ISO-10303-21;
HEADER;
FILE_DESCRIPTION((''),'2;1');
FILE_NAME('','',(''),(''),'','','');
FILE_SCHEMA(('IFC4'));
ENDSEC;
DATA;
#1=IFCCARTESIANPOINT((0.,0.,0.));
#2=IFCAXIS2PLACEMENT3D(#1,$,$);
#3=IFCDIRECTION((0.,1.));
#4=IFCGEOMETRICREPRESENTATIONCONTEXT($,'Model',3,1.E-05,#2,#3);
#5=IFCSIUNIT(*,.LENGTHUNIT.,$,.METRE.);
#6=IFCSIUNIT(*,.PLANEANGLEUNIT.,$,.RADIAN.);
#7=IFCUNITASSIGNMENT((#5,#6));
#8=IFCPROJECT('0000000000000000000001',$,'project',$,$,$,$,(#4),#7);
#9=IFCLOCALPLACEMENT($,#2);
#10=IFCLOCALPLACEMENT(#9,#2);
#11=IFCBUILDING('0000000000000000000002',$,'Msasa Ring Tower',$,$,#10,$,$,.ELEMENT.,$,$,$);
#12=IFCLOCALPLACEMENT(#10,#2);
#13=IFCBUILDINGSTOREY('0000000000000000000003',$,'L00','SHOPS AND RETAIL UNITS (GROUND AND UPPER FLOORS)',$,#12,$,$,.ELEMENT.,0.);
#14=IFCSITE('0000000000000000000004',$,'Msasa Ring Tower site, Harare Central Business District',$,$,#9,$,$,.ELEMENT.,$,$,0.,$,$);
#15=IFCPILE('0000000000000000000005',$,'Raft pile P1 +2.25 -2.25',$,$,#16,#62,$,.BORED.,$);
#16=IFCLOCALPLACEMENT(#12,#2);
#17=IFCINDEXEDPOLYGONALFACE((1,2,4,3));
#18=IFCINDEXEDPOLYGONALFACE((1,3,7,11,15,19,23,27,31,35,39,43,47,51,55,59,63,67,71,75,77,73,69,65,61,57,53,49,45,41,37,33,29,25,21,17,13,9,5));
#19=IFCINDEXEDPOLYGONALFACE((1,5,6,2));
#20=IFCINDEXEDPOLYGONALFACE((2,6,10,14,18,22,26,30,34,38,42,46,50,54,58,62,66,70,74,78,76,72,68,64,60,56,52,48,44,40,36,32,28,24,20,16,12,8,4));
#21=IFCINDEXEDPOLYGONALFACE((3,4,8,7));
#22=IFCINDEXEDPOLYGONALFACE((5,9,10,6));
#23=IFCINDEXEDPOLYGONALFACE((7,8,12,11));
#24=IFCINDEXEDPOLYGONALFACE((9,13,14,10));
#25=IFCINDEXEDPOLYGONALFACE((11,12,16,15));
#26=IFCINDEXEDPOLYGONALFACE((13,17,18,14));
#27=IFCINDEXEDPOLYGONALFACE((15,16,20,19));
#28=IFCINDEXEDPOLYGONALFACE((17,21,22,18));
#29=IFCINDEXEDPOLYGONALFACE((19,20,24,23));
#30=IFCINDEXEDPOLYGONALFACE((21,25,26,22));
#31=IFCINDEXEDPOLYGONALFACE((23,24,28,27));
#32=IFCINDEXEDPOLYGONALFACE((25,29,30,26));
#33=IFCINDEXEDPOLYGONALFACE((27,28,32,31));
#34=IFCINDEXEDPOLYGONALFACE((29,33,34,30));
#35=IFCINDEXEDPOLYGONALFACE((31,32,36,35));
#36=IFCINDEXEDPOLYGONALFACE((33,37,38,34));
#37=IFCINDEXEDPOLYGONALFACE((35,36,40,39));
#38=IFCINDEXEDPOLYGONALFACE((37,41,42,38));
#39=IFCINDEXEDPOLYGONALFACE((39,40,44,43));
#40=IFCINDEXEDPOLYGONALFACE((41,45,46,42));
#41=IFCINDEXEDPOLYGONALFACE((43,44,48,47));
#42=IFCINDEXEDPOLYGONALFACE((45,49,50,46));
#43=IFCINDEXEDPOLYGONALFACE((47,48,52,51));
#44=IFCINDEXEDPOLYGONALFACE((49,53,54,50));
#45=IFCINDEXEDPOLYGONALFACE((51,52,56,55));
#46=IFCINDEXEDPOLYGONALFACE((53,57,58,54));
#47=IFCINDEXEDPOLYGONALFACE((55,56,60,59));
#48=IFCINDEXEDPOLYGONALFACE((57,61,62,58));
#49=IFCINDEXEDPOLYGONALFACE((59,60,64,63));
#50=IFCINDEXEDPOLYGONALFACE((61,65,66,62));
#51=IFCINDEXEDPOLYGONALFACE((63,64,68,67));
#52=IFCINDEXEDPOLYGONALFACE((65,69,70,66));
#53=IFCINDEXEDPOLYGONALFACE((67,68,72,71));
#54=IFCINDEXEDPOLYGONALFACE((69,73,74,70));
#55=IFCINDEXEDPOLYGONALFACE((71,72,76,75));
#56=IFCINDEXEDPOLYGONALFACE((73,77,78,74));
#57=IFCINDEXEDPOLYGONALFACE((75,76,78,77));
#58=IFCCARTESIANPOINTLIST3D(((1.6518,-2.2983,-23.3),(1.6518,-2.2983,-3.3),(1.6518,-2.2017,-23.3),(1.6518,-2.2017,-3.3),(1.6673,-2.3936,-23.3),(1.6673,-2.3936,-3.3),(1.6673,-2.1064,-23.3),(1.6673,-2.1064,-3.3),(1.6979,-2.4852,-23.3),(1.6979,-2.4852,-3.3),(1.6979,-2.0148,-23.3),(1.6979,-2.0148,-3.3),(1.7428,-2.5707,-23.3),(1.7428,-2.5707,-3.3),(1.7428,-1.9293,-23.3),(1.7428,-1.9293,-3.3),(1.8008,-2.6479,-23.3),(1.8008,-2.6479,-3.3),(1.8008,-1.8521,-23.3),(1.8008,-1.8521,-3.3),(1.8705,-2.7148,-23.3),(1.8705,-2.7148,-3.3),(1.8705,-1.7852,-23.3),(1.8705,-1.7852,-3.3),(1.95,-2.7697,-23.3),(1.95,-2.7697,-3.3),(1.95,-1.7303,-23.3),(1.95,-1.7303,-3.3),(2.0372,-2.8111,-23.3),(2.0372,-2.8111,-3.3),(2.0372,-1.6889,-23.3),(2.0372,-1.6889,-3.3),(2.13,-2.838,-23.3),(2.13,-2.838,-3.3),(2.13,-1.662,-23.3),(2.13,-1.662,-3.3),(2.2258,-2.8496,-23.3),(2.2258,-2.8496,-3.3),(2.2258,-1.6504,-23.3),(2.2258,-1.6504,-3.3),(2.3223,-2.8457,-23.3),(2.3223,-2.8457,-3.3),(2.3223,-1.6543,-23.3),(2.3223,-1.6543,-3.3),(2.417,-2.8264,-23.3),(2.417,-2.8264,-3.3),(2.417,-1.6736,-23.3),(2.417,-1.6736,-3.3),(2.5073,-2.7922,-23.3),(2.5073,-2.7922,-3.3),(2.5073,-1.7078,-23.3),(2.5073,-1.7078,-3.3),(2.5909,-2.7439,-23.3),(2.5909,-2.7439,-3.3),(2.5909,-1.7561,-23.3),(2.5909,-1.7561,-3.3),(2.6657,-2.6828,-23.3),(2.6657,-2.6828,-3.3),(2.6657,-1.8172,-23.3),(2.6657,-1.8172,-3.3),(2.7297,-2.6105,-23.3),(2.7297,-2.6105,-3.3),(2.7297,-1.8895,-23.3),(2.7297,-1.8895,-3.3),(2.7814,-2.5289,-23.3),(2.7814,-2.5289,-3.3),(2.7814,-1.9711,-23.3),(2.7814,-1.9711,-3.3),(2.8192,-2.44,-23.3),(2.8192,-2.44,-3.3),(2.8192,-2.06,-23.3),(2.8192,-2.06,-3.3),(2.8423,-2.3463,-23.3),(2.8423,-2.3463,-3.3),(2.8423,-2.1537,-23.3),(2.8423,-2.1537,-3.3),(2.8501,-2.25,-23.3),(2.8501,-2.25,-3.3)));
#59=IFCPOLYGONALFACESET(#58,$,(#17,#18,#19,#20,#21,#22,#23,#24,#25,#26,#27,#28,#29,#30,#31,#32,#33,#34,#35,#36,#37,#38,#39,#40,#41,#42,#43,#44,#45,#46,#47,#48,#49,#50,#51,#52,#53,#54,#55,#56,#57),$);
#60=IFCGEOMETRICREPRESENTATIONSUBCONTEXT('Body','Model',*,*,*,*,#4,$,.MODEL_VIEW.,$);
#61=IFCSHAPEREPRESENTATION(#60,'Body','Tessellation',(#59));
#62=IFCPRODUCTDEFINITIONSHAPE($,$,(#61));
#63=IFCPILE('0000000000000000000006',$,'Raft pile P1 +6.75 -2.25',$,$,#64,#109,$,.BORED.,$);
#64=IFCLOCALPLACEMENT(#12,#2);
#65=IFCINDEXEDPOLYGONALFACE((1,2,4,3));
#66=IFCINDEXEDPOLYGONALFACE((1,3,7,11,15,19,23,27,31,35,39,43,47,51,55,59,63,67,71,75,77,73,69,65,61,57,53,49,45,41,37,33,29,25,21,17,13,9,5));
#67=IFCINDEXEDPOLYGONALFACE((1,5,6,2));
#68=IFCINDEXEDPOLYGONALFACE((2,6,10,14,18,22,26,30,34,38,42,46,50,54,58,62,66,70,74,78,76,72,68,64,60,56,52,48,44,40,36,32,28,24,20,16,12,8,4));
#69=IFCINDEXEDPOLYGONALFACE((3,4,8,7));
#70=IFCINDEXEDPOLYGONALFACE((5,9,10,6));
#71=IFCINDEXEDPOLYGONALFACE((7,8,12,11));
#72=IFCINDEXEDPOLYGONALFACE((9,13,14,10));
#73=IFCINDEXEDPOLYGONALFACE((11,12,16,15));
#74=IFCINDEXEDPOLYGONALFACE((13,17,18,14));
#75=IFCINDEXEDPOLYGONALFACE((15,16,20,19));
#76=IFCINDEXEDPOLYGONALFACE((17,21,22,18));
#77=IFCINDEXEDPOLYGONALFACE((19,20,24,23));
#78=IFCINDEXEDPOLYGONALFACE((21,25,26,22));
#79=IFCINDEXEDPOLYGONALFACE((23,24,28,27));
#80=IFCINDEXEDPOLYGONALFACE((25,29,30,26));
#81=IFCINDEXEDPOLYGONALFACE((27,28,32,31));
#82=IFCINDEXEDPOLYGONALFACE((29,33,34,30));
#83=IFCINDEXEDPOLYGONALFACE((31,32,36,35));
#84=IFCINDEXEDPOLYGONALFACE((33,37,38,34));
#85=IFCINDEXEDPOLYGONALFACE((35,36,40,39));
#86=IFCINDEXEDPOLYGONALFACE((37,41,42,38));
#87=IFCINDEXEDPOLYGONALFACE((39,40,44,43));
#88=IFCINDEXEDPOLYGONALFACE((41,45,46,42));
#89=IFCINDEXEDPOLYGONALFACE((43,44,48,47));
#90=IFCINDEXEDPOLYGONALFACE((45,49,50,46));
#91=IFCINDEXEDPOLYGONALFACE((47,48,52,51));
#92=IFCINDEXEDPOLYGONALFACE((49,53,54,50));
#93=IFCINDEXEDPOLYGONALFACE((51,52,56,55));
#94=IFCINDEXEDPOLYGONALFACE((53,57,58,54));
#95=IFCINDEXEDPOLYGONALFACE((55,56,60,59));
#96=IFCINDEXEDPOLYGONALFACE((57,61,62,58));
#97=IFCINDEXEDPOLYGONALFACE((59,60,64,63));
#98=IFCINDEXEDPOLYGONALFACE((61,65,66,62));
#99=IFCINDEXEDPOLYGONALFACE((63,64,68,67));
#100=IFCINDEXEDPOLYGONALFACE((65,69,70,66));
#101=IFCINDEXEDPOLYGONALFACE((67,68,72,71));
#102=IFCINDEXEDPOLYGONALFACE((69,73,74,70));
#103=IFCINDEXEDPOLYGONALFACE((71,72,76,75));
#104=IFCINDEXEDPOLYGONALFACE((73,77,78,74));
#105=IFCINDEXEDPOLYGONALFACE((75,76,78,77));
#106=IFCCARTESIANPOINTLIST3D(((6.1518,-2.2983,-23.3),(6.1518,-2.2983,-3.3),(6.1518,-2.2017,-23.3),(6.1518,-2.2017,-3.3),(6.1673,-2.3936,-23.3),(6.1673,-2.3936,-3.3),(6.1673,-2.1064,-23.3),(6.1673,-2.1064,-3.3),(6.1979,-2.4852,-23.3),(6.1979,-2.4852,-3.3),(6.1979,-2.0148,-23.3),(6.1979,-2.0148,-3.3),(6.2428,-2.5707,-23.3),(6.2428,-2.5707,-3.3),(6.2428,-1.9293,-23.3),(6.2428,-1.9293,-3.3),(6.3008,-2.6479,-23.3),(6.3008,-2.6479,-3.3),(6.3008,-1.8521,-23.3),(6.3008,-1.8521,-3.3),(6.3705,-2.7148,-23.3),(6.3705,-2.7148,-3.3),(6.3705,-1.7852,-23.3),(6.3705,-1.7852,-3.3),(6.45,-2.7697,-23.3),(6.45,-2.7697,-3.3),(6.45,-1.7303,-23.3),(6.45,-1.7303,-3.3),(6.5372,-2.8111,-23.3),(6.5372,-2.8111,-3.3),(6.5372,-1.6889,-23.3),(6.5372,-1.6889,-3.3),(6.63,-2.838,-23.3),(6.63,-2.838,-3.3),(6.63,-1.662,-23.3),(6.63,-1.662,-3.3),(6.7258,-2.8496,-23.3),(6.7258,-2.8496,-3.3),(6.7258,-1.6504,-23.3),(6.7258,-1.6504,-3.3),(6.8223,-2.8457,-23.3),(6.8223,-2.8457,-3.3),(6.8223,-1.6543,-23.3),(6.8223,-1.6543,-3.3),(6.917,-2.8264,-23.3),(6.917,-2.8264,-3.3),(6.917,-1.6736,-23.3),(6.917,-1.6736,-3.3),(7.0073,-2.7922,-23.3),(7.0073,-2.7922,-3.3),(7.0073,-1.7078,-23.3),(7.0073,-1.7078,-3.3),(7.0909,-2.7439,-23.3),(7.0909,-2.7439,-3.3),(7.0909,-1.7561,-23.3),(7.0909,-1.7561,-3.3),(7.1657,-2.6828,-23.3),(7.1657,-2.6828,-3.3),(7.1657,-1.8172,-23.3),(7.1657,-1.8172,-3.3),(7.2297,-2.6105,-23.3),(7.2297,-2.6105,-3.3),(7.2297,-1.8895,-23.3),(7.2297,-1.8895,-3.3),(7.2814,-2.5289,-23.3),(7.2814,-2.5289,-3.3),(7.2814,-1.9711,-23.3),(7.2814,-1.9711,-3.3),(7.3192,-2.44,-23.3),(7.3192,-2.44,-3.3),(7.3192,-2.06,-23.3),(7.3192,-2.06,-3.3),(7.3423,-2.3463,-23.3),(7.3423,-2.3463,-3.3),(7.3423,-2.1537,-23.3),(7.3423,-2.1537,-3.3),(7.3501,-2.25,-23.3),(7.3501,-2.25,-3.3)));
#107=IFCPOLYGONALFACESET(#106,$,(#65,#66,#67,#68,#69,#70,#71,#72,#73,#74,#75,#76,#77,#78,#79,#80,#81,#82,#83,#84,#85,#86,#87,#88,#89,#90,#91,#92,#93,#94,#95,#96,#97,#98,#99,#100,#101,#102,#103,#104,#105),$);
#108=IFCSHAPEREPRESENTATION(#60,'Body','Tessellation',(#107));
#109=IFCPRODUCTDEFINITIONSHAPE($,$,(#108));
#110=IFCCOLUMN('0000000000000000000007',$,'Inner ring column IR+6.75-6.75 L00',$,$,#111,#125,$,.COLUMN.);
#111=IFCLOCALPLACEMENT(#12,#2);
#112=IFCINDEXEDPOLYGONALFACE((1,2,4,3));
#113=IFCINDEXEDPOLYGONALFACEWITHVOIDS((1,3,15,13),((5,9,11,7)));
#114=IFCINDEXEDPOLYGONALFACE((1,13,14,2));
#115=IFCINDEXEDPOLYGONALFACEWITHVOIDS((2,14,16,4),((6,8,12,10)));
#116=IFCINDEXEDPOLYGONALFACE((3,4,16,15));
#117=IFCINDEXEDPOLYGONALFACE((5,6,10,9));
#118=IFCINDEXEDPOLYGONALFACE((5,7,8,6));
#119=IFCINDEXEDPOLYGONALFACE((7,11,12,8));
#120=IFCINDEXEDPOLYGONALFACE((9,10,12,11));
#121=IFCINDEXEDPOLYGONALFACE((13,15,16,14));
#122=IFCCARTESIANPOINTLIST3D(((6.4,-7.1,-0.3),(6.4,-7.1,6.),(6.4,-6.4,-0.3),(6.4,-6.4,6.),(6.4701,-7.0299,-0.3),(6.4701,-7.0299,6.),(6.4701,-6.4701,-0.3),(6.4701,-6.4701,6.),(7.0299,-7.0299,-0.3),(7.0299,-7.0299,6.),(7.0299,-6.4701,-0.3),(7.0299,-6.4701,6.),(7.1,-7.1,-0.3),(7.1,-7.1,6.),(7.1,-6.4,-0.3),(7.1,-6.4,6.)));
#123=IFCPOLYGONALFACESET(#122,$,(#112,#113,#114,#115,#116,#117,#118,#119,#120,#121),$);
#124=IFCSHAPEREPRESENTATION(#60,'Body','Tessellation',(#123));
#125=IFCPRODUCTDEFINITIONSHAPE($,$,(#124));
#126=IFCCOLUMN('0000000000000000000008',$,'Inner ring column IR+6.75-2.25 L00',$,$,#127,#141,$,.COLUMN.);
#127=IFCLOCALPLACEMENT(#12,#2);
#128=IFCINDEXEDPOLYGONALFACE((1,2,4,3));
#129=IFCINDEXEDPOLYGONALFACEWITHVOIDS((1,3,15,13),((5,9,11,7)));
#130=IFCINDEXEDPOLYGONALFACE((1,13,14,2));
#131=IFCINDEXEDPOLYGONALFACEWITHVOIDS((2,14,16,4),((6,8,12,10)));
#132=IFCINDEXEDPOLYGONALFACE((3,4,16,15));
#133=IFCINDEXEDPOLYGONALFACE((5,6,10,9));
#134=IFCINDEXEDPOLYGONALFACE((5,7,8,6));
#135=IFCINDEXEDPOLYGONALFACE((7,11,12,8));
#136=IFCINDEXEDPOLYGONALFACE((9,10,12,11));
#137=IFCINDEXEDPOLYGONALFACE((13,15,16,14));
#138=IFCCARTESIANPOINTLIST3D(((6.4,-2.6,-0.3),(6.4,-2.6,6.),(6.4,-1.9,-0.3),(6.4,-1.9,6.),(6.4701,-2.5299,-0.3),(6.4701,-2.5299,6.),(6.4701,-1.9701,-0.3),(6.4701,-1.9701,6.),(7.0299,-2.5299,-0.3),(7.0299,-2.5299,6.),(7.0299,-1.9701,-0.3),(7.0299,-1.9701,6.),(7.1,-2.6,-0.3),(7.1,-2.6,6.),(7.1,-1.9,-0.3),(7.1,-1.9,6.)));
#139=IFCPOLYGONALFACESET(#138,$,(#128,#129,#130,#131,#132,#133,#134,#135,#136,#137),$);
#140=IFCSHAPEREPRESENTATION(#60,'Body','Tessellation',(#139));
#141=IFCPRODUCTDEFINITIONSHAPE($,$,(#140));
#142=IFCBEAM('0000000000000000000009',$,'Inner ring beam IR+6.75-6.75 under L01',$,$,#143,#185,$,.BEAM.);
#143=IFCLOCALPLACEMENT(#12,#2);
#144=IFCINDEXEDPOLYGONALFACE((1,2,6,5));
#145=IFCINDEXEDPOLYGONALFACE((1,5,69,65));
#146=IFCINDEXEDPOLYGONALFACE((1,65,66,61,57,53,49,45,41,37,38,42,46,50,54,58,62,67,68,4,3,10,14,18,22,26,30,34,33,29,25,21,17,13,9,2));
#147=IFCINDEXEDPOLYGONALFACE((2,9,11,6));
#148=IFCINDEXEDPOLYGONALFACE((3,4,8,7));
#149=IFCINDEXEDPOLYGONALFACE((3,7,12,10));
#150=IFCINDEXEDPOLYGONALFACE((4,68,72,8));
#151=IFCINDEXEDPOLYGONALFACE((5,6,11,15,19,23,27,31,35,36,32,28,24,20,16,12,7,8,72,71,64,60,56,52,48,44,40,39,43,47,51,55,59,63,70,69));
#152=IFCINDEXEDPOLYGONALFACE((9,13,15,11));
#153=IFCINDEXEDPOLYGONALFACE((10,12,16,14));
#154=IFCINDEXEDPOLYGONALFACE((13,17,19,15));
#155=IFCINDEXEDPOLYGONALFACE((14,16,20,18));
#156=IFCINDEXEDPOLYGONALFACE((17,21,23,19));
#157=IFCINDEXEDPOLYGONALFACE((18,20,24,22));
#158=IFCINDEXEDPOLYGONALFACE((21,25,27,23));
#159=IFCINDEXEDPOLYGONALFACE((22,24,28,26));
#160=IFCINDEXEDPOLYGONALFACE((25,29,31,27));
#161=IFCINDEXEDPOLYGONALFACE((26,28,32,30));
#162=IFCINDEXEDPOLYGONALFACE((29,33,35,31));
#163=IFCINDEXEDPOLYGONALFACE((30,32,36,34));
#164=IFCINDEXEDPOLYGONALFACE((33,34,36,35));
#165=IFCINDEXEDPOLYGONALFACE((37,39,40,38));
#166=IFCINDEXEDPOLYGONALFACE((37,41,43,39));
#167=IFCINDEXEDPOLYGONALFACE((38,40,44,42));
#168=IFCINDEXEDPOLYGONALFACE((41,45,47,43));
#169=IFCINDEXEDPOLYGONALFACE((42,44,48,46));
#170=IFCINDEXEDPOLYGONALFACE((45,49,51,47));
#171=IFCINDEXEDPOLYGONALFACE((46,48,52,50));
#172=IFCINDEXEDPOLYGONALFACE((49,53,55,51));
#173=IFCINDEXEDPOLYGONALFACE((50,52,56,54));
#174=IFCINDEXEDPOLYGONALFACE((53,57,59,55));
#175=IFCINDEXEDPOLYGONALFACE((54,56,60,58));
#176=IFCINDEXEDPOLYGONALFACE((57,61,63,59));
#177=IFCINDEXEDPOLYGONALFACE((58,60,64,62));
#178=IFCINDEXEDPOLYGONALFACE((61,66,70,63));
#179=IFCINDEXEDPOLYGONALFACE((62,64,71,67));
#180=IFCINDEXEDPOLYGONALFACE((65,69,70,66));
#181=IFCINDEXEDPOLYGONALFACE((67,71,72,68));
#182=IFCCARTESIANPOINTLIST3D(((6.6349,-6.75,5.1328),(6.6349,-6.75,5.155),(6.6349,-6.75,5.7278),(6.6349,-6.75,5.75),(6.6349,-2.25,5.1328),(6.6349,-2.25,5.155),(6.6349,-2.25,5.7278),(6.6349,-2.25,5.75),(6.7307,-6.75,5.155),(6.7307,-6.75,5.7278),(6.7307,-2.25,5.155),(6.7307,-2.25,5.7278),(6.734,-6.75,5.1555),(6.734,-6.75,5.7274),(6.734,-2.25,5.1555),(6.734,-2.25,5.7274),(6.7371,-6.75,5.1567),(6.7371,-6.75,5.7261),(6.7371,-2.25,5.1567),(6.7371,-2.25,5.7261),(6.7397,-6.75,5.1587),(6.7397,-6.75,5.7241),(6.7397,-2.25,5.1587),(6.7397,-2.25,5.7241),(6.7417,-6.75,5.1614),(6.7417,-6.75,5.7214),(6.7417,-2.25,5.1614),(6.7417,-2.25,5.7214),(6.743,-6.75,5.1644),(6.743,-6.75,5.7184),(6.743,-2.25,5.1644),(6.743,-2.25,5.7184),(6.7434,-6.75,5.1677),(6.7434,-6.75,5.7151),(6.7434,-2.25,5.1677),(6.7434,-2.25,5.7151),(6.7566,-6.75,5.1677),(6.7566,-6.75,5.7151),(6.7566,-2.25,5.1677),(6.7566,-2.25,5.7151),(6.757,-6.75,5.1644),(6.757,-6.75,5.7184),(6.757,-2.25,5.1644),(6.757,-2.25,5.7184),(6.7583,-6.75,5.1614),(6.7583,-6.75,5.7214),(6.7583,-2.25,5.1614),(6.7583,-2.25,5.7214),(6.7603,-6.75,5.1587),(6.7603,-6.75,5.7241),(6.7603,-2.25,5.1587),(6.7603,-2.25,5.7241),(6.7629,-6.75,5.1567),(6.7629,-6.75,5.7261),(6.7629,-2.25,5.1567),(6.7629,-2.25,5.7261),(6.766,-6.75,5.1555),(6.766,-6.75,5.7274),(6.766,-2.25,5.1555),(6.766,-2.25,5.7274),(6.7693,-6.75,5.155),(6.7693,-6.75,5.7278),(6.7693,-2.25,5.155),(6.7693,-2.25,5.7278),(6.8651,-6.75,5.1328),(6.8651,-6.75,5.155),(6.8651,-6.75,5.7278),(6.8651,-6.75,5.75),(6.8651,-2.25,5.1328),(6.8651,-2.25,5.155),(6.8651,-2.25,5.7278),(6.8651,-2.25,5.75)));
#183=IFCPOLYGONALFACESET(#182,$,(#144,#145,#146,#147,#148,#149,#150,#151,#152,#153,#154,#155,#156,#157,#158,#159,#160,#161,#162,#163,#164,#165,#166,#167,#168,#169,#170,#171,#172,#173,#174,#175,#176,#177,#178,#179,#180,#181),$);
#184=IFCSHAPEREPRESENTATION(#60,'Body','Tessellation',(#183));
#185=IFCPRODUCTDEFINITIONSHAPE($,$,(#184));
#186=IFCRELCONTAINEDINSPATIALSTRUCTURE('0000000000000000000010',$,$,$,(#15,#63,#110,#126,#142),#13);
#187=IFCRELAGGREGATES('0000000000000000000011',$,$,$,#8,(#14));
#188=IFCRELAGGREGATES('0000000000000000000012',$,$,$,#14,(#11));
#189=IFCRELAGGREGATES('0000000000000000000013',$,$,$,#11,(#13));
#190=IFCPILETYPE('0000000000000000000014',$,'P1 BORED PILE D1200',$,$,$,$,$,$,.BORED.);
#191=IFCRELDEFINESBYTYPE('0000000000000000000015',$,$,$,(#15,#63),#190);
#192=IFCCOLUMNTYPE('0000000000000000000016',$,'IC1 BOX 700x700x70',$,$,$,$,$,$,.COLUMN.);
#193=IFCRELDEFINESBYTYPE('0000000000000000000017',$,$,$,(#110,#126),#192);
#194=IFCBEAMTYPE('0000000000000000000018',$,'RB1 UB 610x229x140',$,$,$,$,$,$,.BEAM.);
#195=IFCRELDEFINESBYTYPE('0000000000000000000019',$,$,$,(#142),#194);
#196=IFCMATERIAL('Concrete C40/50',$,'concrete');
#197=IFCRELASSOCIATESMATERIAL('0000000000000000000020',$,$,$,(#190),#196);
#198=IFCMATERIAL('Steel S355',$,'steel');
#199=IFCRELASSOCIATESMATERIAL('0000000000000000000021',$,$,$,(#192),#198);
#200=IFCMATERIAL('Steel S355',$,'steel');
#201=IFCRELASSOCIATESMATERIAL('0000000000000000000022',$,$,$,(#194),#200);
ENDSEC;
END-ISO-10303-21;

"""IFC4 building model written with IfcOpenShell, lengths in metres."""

from ifc_helpers import new_model, si_unit, direction, frame, origin, origin_2d, place, context, subcontext, project, spatial, hollow_rectangle, circle, i_section, extrude, material, material_profile, profile_set, type_object, element, save


model = new_model("IFC4")

# Units and contexts
model_context = context("Model", 3, precision=1e-05, world=origin(), true_north=direction((0.0, 1.0)))
body_context = subcontext(model_context, "Body", "Model", "MODEL_VIEW")
ifc_project = project(units=[si_unit("LENGTHUNIT", "METRE"), si_unit("PLANEANGLEUNIT", "RADIAN")], contexts=[model_context])

# Site, building, storey
site_placement = place(None, origin())
site = spatial("IfcSite", under=ifc_project, at=site_placement, Name="Msasa Ring Tower site, Harare Central Business District", CompositionType="ELEMENT", RefElevation=0.0)
building_placement = place(site_placement, origin())
building = spatial("IfcBuilding", under=site, at=building_placement, Name="Msasa Ring Tower", CompositionType="ELEMENT")
storey_placement = place(building_placement, origin())
storey = spatial("IfcBuildingStorey", under=building, at=storey_placement, Name="L00", Description="SHOPS AND RETAIL UNITS (GROUND AND UPPER FLOORS)", CompositionType="ELEMENT", Elevation=0.0)

# Piles
ifc_material_1 = material(Name="Concrete C40/50", Category="concrete")
ifc_material_profile_1 = material_profile(ifc_material_1, circle(Radius=0.6001, at=origin_2d()), Name="D1200")
ifc_profile_set_1 = profile_set([ifc_material_profile_1], Name="Concrete C40/50")
pile_type = type_object("IfcPileType", Name="P1 BORED PILE D1200", PredefinedType="BORED", material=ifc_profile_set_1)
for number, where, z_axis, x_axis, name in (
    (1, (2.25, -2.25, -3.3), (0.0, 0.0, -1.0), (1.0, 0.0, 0.0), "Raft pile P1 +2.25 -2.25"),
    (2, (6.75, -2.25, -3.3), (0.0, 0.0, -1.0), (1.0, 0.0, 0.0), "Raft pile P1 +6.75 -2.25"),
):
    element("IfcPile", number, at=place(storey_placement, frame(where, z_axis=z_axis, x_axis=x_axis)), inside=storey, type_object=pile_type, Name=name, PredefinedType="BORED", context=body_context, shape_type="SweptSolid", body=[
        extrude(circle(Radius=0.6001, at=origin_2d()), origin(), (0.0, 0.0, 1.0), 20.0),
    ])

# Columns
ifc_material_2 = material(Name="Steel S355", Category="steel")
ifc_material_profile_2 = material_profile(ifc_material_2, hollow_rectangle(XDim=0.7, YDim=0.7, WallThickness=0.0701, at=origin_2d()), Name="BOX 700x700x70")
ifc_profile_set_2 = profile_set([ifc_material_profile_2], Name="Steel S355")
column_type = type_object("IfcColumnType", Name="IC1 BOX 700x700x70", PredefinedType="COLUMN", material=ifc_profile_set_2)
for number, where, z_axis, x_axis, name in (
    (3, (6.75, -6.75, -0.3), (0.0, 0.0, 1.0), (1.0, 0.0, 0.0), "Inner ring column IR+6.75-6.75 L00"),
    (4, (6.75, -2.25, -0.3), (0.0, 0.0, 1.0), (1.0, 0.0, 0.0), "Inner ring column IR+6.75-2.25 L00"),
):
    element("IfcColumn", number, at=place(storey_placement, frame(where, z_axis=z_axis, x_axis=x_axis)), inside=storey, type_object=column_type, Name=name, PredefinedType="COLUMN", context=body_context, shape_type="SweptSolid", body=[
        extrude(hollow_rectangle(XDim=0.7, YDim=0.7, WallThickness=0.0701, at=origin_2d()), origin(), (0.0, 0.0, 1.0), 6.3),
    ])

# Beam
ifc_material_3 = material(Name="Steel S355", Category="steel")
ifc_material_profile_3 = material_profile(ifc_material_3, i_section(OverallWidth=0.2302, OverallDepth=0.6172, WebThickness=0.0132, FlangeThickness=0.0222, FilletRadius=0.0127, at=origin_2d()), Name="UB 610x229x140")
ifc_profile_set_3 = profile_set([ifc_material_profile_3], Name="Steel S355")
beam_type = type_object("IfcBeamType", Name="RB1 UB 610x229x140", PredefinedType="BEAM", material=ifc_profile_set_3)
for number, where, z_axis, x_axis, name in (
    (5, (6.75, -6.75, 5.4414), (0.0, 1.0, 0.0), (-1.0, 0.0, 0.0), "Inner ring beam IR+6.75-6.75 under L01"),
):
    element("IfcBeam", number, at=place(storey_placement, frame(where, z_axis=z_axis, x_axis=x_axis)), inside=storey, type_object=beam_type, Name=name, PredefinedType="BEAM", context=body_context, shape_type="SweptSolid", body=[
        extrude(i_section(OverallWidth=0.2302, OverallDepth=0.6172, WebThickness=0.0132, FlangeThickness=0.0222, FilletRadius=0.0127, at=origin_2d()), origin(), (0.0, 0.0, 1.0), 4.5),
    ])

save(model, "model.ifc")
